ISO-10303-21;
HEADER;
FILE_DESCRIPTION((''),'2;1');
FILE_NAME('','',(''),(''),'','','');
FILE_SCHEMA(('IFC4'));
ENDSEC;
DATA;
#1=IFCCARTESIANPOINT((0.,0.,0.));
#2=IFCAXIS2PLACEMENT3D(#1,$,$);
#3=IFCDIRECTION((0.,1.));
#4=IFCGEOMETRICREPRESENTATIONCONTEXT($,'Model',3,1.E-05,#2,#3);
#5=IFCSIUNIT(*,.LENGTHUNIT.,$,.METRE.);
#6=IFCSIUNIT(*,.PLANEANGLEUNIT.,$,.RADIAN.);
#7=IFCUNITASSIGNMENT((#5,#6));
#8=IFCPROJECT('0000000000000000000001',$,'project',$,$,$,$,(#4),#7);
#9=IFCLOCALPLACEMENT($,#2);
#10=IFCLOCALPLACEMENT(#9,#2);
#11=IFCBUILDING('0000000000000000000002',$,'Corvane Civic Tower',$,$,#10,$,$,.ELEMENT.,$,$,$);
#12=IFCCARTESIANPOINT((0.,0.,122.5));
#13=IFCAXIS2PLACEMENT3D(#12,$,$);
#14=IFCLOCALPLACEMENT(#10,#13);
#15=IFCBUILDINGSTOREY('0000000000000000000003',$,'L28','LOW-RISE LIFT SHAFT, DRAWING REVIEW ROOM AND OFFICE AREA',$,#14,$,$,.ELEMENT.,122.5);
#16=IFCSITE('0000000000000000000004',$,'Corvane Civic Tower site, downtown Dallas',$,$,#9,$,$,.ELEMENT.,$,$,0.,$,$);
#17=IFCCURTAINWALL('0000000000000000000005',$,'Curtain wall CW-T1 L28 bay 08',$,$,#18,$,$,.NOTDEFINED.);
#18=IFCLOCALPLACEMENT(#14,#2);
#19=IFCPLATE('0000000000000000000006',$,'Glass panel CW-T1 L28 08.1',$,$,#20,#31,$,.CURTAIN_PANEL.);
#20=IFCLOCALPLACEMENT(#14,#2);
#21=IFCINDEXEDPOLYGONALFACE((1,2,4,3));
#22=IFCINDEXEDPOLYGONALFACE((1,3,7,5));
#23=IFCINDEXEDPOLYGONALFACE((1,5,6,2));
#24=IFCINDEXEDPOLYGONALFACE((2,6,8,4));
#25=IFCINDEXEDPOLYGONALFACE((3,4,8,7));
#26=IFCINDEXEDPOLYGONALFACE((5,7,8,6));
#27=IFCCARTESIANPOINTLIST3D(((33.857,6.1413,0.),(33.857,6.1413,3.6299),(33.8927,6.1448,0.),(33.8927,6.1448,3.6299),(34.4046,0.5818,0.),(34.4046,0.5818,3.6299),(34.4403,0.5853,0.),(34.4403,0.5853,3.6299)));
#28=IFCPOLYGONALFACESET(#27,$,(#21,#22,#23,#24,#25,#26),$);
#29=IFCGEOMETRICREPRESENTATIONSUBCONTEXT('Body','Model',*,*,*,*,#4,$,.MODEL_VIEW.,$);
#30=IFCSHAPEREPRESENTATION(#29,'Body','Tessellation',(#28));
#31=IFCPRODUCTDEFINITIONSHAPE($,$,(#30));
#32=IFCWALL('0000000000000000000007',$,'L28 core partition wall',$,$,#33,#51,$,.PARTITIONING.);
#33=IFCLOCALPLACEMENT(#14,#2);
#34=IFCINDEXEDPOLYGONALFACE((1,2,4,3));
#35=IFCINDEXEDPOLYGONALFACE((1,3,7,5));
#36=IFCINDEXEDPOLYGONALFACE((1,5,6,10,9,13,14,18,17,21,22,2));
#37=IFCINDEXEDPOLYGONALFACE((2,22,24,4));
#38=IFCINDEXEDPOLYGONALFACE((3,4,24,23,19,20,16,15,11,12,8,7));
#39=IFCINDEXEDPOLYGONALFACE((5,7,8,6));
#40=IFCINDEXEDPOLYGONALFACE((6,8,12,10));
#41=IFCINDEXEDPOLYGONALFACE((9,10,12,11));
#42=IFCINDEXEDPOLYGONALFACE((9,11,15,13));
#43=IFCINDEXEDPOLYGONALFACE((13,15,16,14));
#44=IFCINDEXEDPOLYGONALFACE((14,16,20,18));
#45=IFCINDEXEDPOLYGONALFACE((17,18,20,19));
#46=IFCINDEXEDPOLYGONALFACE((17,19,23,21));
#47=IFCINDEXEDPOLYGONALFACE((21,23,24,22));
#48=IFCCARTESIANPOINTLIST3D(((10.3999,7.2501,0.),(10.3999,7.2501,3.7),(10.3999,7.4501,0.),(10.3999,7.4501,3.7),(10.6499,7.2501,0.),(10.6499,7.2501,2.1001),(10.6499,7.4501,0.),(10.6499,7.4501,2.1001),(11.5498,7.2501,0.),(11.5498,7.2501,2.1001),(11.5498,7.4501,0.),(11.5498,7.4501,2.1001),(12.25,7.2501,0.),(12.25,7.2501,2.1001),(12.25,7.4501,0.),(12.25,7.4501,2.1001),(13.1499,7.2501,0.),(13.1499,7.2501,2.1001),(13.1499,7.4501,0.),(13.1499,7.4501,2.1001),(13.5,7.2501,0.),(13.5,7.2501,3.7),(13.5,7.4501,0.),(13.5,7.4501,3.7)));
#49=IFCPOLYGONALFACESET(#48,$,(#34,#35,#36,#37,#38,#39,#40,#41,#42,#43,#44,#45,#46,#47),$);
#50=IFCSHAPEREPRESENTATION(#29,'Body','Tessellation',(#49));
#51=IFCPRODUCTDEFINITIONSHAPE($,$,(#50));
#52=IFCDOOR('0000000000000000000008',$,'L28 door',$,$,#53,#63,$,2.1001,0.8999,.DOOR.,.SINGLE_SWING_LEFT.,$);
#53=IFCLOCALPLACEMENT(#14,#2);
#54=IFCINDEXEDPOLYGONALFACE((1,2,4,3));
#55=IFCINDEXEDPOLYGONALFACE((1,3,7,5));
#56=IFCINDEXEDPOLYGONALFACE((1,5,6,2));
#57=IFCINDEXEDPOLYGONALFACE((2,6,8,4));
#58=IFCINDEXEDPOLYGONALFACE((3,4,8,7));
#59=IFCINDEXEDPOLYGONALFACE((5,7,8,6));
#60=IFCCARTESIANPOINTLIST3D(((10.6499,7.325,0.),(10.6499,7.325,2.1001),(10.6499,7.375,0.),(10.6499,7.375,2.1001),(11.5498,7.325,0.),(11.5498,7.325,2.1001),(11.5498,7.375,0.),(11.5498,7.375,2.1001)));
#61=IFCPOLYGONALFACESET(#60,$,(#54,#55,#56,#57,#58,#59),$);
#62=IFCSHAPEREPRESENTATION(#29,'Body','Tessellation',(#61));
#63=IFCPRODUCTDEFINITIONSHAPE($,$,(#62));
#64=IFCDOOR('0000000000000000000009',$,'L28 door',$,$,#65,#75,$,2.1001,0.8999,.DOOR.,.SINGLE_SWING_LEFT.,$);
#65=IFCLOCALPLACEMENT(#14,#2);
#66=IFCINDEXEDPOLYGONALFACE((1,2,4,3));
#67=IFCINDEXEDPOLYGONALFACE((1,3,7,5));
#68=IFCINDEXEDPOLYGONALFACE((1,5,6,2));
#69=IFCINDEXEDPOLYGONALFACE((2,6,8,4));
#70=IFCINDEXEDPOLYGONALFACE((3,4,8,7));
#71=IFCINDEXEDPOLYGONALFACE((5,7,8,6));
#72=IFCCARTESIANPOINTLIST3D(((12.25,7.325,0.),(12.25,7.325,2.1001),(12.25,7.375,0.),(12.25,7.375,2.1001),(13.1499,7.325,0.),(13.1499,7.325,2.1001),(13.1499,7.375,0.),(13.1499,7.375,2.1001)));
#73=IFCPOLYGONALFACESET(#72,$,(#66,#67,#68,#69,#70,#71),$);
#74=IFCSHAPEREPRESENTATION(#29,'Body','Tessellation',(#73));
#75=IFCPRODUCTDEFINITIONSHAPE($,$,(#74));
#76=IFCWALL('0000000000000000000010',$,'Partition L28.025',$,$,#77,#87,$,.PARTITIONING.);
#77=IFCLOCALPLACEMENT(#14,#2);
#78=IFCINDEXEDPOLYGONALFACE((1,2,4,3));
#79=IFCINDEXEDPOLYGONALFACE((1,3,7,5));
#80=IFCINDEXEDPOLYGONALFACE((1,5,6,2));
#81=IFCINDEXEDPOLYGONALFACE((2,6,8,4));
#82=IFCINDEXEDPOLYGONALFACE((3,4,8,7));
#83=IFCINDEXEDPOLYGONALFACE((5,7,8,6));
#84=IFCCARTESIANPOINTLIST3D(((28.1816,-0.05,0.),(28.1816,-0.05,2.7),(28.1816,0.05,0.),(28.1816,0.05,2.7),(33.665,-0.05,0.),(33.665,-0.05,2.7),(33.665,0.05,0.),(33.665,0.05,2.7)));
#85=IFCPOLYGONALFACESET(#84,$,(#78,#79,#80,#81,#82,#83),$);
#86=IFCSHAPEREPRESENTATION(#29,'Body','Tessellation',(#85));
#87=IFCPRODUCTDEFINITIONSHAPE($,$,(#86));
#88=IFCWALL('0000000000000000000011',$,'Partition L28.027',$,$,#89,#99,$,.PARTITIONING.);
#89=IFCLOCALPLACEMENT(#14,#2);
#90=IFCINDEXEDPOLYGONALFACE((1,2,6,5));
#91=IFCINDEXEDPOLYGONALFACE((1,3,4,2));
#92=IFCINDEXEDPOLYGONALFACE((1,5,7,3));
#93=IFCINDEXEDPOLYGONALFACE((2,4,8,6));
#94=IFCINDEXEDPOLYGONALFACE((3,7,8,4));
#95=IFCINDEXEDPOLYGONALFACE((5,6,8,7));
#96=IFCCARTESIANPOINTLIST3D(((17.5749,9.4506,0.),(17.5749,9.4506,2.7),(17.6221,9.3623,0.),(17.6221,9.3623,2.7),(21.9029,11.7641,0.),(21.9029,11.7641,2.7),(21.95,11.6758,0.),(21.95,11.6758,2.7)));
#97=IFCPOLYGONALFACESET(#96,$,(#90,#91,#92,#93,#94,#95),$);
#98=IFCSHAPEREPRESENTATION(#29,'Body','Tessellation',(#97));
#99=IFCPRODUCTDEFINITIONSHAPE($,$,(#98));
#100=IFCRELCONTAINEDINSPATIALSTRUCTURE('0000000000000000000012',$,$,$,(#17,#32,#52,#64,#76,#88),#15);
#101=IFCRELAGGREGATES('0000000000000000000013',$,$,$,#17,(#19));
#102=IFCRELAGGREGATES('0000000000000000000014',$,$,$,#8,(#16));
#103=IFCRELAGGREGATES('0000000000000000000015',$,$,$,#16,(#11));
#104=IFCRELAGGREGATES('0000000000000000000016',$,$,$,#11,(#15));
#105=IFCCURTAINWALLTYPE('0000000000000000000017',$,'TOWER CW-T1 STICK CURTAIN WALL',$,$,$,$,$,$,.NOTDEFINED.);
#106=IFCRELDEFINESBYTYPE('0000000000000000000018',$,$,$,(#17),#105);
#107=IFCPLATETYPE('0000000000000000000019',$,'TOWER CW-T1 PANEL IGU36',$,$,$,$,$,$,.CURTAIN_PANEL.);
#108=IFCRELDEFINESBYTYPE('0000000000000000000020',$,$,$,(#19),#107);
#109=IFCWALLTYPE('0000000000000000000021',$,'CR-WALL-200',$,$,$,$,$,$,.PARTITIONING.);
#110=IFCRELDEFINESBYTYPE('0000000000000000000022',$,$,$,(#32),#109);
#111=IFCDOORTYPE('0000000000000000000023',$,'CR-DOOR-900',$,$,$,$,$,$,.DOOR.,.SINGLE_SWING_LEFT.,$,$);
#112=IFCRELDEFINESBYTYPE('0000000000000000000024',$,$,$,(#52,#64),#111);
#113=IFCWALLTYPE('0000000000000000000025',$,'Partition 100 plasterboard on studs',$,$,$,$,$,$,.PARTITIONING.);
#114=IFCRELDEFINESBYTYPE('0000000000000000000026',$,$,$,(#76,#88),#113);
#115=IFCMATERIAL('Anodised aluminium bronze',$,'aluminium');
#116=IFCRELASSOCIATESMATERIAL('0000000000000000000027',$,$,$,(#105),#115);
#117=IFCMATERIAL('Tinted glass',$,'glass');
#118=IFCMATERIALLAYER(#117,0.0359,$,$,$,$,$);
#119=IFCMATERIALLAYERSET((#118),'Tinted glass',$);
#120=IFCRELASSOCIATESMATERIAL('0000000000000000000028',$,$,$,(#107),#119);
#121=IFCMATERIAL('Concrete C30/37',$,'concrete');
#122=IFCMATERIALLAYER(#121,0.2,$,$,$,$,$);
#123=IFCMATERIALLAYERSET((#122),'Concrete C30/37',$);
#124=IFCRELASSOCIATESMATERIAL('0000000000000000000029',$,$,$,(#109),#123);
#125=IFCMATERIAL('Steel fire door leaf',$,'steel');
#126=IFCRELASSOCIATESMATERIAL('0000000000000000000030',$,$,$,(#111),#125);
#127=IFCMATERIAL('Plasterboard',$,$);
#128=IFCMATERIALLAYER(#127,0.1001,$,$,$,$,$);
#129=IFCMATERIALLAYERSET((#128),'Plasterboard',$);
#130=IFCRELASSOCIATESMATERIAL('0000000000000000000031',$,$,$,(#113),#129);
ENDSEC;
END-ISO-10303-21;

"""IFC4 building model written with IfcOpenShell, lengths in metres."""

from ifc_helpers import new_model, si_unit, direction, frame, frame_2d, origin, origin_2d, place, context, subcontext, project, spatial, rectangle, extrude, material, layer, layer_set, type_object, element, fill, aggregate, save


model = new_model("IFC4")

# Units and contexts
model_context = context("Model", 3, precision=1e-05, world=origin(), true_north=direction((0.0, 1.0)))
body_context = subcontext(model_context, "Body", "Model", "MODEL_VIEW")
ifc_project = project(units=[si_unit("LENGTHUNIT", "METRE"), si_unit("PLANEANGLEUNIT", "RADIAN")], contexts=[model_context])

# Site, building, storey
site_placement = place(None, origin())
site = spatial("IfcSite", under=ifc_project, at=site_placement, Name="Corvane Civic Tower site, downtown Dallas", CompositionType="ELEMENT", RefElevation=0.0)
building_placement = place(site_placement, origin())
building = spatial("IfcBuilding", under=site, at=building_placement, Name="Corvane Civic Tower", CompositionType="ELEMENT")
storey_placement = place(building_placement, frame((0.0, 0.0, 122.5)))
storey = spatial("IfcBuildingStorey", under=building, at=storey_placement, Name="L28", Description="LOW-RISE LIFT SHAFT, DRAWING REVIEW ROOM AND OFFICE AREA", CompositionType="ELEMENT", Elevation=122.5)

# Curtain wall
ifc_material_1 = material(Name="Anodised aluminium bronze", Category="aluminium")
curtain_wall_type = type_object("IfcCurtainWallType", Name="TOWER CW-T1 STICK CURTAIN WALL", PredefinedType="NOTDEFINED", material=ifc_material_1)
curtain_wall_1_placement = place(storey_placement, origin())
curtain_wall_1 = element("IfcCurtainWall", 1, at=curtain_wall_1_placement, inside=storey, type_object=curtain_wall_type, Name="Curtain wall CW-T1 L28 bay 08", PredefinedType="NOTDEFINED")

# Plate
ifc_material_2 = material(Name="Tinted glass", Category="glass")
ifc_layer_1 = layer(ifc_material_2, 0.0359)
ifc_layer_set_1 = layer_set([ifc_layer_1], Name="Tinted glass")
plate_type = type_object("IfcPlateType", Name="TOWER CW-T1 PANEL IGU36", PredefinedType="CURTAIN_PANEL", material=ifc_layer_set_1)
plate_1_placement = place(storey_placement, frame((34.1487, 3.3633, 0.0), z_axis=(0.0, 0.0, 1.0), x_axis=(0.098027, -0.995184, 0.0)))
plate_1 = element("IfcPlate", 2, at=plate_1_placement, type_object=plate_type, Name="Glass panel CW-T1 L28 08.1", PredefinedType="CURTAIN_PANEL", context=body_context, shape_type="SweptSolid", body=[
    extrude(rectangle(XDim=5.5864, YDim=0.0359, at=origin_2d()), origin(), (0.0, 0.0, 1.0), 3.6299),
])
aggregate(curtain_wall_1, [plate_1])

# Wall, openings, doors
ifc_material_3 = material(Name="Concrete C30/37", Category="concrete")
ifc_layer_2 = layer(ifc_material_3, 0.2)
ifc_layer_set_2 = layer_set([ifc_layer_2], Name="Concrete C30/37")
wall_type_1 = type_object("IfcWallType", Name="CR-WALL-200", PredefinedType="PARTITIONING", material=ifc_layer_set_2)
wall_1_placement = place(storey_placement, frame((10.3999, 7.3501, 0.0), z_axis=(0.0, 0.0, 1.0), x_axis=(1.0, 0.0, 0.0)))
wall_1 = element("IfcWall", 3, at=wall_1_placement, inside=storey, type_object=wall_type_1, Name="L28 core partition wall", PredefinedType="PARTITIONING", context=body_context, shape_type="SweptSolid", body=[
    extrude(rectangle(XDim=3.1001, YDim=0.2, at=frame_2d((1.55, 0.0))), origin(), (0.0, 0.0, 1.0), 3.7),
])
opening_1_placement = place(wall_1_placement, frame((0.25, 0.0, 0.0)))
opening_1 = element("IfcOpeningElement", 4, at=opening_1_placement, cuts=wall_1, PredefinedType="OPENING", context=body_context, shape_type="SweptSolid", body=[
    extrude(rectangle(XDim=0.8999, YDim=2.1001, at=frame_2d((0.45, 1.05))), frame((0.0, 0.1099, 0.0), z_axis=(0.0, -1.0, 0.0), x_axis=(1.0, 0.0, 0.0)), (0.0, 0.0, 1.0), 0.22),
])
opening_2_placement = place(wall_1_placement, frame((1.8501, 0.0, 0.0)))
opening_2 = element("IfcOpeningElement", 5, at=opening_2_placement, cuts=wall_1, PredefinedType="OPENING", context=body_context, shape_type="SweptSolid", body=[
    extrude(rectangle(XDim=0.8999, YDim=2.1001, at=frame_2d((0.45, 1.05))), frame((0.0, 0.1099, 0.0), z_axis=(0.0, -1.0, 0.0), x_axis=(1.0, 0.0, 0.0)), (0.0, 0.0, 1.0), 0.22),
])
ifc_material_4 = material(Name="Steel fire door leaf", Category="steel")
door_type = type_object("IfcDoorType", Name="CR-DOOR-900", OperationType="SINGLE_SWING_LEFT", PredefinedType="DOOR", material=ifc_material_4)
door_1_placement = place(opening_1_placement, origin())
door_1 = element("IfcDoor", 6, at=door_1_placement, inside=storey, type_object=door_type, Name="L28 door", OperationType="SINGLE_SWING_LEFT", OverallHeight=2.1001, OverallWidth=0.8999, PredefinedType="DOOR", context=body_context, shape_type="SweptSolid", body=[
    extrude(rectangle(XDim=0.8999, YDim=2.1001, at=frame_2d((0.45, 1.05))), frame((0.0, 0.0249, 0.0), z_axis=(0.0, -1.0, 0.0), x_axis=(1.0, 0.0, 0.0)), (0.0, 0.0, 1.0), 0.05),
])
fill(opening_1, door_1)
door_2_placement = place(opening_2_placement, origin())
door_2 = element("IfcDoor", 7, at=door_2_placement, inside=storey, type_object=door_type, Name="L28 door", OperationType="SINGLE_SWING_LEFT", OverallHeight=2.1001, OverallWidth=0.8999, PredefinedType="DOOR", context=body_context, shape_type="SweptSolid", body=[
    extrude(rectangle(XDim=0.8999, YDim=2.1001, at=frame_2d((0.45, 1.05))), frame((0.0, 0.0249, 0.0), z_axis=(0.0, -1.0, 0.0), x_axis=(1.0, 0.0, 0.0)), (0.0, 0.0, 1.0), 0.05),
])
fill(opening_2, door_2)

# Walls
ifc_material_5 = material(Name="Plasterboard")
ifc_layer_3 = layer(ifc_material_5, 0.1001)
ifc_layer_set_3 = layer_set([ifc_layer_3], Name="Plasterboard")
wall_type_2 = type_object("IfcWallType", Name="Partition 100 plasterboard on studs", PredefinedType="PARTITIONING", material=ifc_layer_set_3)
wall_2_placement = place(storey_placement, frame((28.1816, 0.0, 0.0), z_axis=(0.0, 0.0, 1.0), x_axis=(1.0, 0.0, 0.0)))
element("IfcWall", 8, at=wall_2_placement, inside=storey, type_object=wall_type_2, Name="Partition L28.025", PredefinedType="PARTITIONING", context=body_context, shape_type="SweptSolid", body=[
    extrude(rectangle(XDim=5.4834, YDim=0.1001, at=frame_2d((2.7417, 0.0))), origin(), (0.0, 0.0, 1.0), 2.7),
])
wall_3_placement = place(storey_placement, frame((17.5986, 9.4065, 0.0), z_axis=(0.0, 0.0, 1.0), x_axis=(0.881906, 0.471425, 0.0)))
element("IfcWall", 9, at=wall_3_placement, inside=storey, type_object=wall_type_2, Name="Partition L28.027", PredefinedType="PARTITIONING", context=body_context, shape_type="SweptSolid", body=[
    extrude(rectangle(XDim=4.9075, YDim=0.1001, at=frame_2d((2.4536, 0.0))), origin(), (0.0, 0.0, 1.0), 2.7),
])

save(model, "model.ifc")
